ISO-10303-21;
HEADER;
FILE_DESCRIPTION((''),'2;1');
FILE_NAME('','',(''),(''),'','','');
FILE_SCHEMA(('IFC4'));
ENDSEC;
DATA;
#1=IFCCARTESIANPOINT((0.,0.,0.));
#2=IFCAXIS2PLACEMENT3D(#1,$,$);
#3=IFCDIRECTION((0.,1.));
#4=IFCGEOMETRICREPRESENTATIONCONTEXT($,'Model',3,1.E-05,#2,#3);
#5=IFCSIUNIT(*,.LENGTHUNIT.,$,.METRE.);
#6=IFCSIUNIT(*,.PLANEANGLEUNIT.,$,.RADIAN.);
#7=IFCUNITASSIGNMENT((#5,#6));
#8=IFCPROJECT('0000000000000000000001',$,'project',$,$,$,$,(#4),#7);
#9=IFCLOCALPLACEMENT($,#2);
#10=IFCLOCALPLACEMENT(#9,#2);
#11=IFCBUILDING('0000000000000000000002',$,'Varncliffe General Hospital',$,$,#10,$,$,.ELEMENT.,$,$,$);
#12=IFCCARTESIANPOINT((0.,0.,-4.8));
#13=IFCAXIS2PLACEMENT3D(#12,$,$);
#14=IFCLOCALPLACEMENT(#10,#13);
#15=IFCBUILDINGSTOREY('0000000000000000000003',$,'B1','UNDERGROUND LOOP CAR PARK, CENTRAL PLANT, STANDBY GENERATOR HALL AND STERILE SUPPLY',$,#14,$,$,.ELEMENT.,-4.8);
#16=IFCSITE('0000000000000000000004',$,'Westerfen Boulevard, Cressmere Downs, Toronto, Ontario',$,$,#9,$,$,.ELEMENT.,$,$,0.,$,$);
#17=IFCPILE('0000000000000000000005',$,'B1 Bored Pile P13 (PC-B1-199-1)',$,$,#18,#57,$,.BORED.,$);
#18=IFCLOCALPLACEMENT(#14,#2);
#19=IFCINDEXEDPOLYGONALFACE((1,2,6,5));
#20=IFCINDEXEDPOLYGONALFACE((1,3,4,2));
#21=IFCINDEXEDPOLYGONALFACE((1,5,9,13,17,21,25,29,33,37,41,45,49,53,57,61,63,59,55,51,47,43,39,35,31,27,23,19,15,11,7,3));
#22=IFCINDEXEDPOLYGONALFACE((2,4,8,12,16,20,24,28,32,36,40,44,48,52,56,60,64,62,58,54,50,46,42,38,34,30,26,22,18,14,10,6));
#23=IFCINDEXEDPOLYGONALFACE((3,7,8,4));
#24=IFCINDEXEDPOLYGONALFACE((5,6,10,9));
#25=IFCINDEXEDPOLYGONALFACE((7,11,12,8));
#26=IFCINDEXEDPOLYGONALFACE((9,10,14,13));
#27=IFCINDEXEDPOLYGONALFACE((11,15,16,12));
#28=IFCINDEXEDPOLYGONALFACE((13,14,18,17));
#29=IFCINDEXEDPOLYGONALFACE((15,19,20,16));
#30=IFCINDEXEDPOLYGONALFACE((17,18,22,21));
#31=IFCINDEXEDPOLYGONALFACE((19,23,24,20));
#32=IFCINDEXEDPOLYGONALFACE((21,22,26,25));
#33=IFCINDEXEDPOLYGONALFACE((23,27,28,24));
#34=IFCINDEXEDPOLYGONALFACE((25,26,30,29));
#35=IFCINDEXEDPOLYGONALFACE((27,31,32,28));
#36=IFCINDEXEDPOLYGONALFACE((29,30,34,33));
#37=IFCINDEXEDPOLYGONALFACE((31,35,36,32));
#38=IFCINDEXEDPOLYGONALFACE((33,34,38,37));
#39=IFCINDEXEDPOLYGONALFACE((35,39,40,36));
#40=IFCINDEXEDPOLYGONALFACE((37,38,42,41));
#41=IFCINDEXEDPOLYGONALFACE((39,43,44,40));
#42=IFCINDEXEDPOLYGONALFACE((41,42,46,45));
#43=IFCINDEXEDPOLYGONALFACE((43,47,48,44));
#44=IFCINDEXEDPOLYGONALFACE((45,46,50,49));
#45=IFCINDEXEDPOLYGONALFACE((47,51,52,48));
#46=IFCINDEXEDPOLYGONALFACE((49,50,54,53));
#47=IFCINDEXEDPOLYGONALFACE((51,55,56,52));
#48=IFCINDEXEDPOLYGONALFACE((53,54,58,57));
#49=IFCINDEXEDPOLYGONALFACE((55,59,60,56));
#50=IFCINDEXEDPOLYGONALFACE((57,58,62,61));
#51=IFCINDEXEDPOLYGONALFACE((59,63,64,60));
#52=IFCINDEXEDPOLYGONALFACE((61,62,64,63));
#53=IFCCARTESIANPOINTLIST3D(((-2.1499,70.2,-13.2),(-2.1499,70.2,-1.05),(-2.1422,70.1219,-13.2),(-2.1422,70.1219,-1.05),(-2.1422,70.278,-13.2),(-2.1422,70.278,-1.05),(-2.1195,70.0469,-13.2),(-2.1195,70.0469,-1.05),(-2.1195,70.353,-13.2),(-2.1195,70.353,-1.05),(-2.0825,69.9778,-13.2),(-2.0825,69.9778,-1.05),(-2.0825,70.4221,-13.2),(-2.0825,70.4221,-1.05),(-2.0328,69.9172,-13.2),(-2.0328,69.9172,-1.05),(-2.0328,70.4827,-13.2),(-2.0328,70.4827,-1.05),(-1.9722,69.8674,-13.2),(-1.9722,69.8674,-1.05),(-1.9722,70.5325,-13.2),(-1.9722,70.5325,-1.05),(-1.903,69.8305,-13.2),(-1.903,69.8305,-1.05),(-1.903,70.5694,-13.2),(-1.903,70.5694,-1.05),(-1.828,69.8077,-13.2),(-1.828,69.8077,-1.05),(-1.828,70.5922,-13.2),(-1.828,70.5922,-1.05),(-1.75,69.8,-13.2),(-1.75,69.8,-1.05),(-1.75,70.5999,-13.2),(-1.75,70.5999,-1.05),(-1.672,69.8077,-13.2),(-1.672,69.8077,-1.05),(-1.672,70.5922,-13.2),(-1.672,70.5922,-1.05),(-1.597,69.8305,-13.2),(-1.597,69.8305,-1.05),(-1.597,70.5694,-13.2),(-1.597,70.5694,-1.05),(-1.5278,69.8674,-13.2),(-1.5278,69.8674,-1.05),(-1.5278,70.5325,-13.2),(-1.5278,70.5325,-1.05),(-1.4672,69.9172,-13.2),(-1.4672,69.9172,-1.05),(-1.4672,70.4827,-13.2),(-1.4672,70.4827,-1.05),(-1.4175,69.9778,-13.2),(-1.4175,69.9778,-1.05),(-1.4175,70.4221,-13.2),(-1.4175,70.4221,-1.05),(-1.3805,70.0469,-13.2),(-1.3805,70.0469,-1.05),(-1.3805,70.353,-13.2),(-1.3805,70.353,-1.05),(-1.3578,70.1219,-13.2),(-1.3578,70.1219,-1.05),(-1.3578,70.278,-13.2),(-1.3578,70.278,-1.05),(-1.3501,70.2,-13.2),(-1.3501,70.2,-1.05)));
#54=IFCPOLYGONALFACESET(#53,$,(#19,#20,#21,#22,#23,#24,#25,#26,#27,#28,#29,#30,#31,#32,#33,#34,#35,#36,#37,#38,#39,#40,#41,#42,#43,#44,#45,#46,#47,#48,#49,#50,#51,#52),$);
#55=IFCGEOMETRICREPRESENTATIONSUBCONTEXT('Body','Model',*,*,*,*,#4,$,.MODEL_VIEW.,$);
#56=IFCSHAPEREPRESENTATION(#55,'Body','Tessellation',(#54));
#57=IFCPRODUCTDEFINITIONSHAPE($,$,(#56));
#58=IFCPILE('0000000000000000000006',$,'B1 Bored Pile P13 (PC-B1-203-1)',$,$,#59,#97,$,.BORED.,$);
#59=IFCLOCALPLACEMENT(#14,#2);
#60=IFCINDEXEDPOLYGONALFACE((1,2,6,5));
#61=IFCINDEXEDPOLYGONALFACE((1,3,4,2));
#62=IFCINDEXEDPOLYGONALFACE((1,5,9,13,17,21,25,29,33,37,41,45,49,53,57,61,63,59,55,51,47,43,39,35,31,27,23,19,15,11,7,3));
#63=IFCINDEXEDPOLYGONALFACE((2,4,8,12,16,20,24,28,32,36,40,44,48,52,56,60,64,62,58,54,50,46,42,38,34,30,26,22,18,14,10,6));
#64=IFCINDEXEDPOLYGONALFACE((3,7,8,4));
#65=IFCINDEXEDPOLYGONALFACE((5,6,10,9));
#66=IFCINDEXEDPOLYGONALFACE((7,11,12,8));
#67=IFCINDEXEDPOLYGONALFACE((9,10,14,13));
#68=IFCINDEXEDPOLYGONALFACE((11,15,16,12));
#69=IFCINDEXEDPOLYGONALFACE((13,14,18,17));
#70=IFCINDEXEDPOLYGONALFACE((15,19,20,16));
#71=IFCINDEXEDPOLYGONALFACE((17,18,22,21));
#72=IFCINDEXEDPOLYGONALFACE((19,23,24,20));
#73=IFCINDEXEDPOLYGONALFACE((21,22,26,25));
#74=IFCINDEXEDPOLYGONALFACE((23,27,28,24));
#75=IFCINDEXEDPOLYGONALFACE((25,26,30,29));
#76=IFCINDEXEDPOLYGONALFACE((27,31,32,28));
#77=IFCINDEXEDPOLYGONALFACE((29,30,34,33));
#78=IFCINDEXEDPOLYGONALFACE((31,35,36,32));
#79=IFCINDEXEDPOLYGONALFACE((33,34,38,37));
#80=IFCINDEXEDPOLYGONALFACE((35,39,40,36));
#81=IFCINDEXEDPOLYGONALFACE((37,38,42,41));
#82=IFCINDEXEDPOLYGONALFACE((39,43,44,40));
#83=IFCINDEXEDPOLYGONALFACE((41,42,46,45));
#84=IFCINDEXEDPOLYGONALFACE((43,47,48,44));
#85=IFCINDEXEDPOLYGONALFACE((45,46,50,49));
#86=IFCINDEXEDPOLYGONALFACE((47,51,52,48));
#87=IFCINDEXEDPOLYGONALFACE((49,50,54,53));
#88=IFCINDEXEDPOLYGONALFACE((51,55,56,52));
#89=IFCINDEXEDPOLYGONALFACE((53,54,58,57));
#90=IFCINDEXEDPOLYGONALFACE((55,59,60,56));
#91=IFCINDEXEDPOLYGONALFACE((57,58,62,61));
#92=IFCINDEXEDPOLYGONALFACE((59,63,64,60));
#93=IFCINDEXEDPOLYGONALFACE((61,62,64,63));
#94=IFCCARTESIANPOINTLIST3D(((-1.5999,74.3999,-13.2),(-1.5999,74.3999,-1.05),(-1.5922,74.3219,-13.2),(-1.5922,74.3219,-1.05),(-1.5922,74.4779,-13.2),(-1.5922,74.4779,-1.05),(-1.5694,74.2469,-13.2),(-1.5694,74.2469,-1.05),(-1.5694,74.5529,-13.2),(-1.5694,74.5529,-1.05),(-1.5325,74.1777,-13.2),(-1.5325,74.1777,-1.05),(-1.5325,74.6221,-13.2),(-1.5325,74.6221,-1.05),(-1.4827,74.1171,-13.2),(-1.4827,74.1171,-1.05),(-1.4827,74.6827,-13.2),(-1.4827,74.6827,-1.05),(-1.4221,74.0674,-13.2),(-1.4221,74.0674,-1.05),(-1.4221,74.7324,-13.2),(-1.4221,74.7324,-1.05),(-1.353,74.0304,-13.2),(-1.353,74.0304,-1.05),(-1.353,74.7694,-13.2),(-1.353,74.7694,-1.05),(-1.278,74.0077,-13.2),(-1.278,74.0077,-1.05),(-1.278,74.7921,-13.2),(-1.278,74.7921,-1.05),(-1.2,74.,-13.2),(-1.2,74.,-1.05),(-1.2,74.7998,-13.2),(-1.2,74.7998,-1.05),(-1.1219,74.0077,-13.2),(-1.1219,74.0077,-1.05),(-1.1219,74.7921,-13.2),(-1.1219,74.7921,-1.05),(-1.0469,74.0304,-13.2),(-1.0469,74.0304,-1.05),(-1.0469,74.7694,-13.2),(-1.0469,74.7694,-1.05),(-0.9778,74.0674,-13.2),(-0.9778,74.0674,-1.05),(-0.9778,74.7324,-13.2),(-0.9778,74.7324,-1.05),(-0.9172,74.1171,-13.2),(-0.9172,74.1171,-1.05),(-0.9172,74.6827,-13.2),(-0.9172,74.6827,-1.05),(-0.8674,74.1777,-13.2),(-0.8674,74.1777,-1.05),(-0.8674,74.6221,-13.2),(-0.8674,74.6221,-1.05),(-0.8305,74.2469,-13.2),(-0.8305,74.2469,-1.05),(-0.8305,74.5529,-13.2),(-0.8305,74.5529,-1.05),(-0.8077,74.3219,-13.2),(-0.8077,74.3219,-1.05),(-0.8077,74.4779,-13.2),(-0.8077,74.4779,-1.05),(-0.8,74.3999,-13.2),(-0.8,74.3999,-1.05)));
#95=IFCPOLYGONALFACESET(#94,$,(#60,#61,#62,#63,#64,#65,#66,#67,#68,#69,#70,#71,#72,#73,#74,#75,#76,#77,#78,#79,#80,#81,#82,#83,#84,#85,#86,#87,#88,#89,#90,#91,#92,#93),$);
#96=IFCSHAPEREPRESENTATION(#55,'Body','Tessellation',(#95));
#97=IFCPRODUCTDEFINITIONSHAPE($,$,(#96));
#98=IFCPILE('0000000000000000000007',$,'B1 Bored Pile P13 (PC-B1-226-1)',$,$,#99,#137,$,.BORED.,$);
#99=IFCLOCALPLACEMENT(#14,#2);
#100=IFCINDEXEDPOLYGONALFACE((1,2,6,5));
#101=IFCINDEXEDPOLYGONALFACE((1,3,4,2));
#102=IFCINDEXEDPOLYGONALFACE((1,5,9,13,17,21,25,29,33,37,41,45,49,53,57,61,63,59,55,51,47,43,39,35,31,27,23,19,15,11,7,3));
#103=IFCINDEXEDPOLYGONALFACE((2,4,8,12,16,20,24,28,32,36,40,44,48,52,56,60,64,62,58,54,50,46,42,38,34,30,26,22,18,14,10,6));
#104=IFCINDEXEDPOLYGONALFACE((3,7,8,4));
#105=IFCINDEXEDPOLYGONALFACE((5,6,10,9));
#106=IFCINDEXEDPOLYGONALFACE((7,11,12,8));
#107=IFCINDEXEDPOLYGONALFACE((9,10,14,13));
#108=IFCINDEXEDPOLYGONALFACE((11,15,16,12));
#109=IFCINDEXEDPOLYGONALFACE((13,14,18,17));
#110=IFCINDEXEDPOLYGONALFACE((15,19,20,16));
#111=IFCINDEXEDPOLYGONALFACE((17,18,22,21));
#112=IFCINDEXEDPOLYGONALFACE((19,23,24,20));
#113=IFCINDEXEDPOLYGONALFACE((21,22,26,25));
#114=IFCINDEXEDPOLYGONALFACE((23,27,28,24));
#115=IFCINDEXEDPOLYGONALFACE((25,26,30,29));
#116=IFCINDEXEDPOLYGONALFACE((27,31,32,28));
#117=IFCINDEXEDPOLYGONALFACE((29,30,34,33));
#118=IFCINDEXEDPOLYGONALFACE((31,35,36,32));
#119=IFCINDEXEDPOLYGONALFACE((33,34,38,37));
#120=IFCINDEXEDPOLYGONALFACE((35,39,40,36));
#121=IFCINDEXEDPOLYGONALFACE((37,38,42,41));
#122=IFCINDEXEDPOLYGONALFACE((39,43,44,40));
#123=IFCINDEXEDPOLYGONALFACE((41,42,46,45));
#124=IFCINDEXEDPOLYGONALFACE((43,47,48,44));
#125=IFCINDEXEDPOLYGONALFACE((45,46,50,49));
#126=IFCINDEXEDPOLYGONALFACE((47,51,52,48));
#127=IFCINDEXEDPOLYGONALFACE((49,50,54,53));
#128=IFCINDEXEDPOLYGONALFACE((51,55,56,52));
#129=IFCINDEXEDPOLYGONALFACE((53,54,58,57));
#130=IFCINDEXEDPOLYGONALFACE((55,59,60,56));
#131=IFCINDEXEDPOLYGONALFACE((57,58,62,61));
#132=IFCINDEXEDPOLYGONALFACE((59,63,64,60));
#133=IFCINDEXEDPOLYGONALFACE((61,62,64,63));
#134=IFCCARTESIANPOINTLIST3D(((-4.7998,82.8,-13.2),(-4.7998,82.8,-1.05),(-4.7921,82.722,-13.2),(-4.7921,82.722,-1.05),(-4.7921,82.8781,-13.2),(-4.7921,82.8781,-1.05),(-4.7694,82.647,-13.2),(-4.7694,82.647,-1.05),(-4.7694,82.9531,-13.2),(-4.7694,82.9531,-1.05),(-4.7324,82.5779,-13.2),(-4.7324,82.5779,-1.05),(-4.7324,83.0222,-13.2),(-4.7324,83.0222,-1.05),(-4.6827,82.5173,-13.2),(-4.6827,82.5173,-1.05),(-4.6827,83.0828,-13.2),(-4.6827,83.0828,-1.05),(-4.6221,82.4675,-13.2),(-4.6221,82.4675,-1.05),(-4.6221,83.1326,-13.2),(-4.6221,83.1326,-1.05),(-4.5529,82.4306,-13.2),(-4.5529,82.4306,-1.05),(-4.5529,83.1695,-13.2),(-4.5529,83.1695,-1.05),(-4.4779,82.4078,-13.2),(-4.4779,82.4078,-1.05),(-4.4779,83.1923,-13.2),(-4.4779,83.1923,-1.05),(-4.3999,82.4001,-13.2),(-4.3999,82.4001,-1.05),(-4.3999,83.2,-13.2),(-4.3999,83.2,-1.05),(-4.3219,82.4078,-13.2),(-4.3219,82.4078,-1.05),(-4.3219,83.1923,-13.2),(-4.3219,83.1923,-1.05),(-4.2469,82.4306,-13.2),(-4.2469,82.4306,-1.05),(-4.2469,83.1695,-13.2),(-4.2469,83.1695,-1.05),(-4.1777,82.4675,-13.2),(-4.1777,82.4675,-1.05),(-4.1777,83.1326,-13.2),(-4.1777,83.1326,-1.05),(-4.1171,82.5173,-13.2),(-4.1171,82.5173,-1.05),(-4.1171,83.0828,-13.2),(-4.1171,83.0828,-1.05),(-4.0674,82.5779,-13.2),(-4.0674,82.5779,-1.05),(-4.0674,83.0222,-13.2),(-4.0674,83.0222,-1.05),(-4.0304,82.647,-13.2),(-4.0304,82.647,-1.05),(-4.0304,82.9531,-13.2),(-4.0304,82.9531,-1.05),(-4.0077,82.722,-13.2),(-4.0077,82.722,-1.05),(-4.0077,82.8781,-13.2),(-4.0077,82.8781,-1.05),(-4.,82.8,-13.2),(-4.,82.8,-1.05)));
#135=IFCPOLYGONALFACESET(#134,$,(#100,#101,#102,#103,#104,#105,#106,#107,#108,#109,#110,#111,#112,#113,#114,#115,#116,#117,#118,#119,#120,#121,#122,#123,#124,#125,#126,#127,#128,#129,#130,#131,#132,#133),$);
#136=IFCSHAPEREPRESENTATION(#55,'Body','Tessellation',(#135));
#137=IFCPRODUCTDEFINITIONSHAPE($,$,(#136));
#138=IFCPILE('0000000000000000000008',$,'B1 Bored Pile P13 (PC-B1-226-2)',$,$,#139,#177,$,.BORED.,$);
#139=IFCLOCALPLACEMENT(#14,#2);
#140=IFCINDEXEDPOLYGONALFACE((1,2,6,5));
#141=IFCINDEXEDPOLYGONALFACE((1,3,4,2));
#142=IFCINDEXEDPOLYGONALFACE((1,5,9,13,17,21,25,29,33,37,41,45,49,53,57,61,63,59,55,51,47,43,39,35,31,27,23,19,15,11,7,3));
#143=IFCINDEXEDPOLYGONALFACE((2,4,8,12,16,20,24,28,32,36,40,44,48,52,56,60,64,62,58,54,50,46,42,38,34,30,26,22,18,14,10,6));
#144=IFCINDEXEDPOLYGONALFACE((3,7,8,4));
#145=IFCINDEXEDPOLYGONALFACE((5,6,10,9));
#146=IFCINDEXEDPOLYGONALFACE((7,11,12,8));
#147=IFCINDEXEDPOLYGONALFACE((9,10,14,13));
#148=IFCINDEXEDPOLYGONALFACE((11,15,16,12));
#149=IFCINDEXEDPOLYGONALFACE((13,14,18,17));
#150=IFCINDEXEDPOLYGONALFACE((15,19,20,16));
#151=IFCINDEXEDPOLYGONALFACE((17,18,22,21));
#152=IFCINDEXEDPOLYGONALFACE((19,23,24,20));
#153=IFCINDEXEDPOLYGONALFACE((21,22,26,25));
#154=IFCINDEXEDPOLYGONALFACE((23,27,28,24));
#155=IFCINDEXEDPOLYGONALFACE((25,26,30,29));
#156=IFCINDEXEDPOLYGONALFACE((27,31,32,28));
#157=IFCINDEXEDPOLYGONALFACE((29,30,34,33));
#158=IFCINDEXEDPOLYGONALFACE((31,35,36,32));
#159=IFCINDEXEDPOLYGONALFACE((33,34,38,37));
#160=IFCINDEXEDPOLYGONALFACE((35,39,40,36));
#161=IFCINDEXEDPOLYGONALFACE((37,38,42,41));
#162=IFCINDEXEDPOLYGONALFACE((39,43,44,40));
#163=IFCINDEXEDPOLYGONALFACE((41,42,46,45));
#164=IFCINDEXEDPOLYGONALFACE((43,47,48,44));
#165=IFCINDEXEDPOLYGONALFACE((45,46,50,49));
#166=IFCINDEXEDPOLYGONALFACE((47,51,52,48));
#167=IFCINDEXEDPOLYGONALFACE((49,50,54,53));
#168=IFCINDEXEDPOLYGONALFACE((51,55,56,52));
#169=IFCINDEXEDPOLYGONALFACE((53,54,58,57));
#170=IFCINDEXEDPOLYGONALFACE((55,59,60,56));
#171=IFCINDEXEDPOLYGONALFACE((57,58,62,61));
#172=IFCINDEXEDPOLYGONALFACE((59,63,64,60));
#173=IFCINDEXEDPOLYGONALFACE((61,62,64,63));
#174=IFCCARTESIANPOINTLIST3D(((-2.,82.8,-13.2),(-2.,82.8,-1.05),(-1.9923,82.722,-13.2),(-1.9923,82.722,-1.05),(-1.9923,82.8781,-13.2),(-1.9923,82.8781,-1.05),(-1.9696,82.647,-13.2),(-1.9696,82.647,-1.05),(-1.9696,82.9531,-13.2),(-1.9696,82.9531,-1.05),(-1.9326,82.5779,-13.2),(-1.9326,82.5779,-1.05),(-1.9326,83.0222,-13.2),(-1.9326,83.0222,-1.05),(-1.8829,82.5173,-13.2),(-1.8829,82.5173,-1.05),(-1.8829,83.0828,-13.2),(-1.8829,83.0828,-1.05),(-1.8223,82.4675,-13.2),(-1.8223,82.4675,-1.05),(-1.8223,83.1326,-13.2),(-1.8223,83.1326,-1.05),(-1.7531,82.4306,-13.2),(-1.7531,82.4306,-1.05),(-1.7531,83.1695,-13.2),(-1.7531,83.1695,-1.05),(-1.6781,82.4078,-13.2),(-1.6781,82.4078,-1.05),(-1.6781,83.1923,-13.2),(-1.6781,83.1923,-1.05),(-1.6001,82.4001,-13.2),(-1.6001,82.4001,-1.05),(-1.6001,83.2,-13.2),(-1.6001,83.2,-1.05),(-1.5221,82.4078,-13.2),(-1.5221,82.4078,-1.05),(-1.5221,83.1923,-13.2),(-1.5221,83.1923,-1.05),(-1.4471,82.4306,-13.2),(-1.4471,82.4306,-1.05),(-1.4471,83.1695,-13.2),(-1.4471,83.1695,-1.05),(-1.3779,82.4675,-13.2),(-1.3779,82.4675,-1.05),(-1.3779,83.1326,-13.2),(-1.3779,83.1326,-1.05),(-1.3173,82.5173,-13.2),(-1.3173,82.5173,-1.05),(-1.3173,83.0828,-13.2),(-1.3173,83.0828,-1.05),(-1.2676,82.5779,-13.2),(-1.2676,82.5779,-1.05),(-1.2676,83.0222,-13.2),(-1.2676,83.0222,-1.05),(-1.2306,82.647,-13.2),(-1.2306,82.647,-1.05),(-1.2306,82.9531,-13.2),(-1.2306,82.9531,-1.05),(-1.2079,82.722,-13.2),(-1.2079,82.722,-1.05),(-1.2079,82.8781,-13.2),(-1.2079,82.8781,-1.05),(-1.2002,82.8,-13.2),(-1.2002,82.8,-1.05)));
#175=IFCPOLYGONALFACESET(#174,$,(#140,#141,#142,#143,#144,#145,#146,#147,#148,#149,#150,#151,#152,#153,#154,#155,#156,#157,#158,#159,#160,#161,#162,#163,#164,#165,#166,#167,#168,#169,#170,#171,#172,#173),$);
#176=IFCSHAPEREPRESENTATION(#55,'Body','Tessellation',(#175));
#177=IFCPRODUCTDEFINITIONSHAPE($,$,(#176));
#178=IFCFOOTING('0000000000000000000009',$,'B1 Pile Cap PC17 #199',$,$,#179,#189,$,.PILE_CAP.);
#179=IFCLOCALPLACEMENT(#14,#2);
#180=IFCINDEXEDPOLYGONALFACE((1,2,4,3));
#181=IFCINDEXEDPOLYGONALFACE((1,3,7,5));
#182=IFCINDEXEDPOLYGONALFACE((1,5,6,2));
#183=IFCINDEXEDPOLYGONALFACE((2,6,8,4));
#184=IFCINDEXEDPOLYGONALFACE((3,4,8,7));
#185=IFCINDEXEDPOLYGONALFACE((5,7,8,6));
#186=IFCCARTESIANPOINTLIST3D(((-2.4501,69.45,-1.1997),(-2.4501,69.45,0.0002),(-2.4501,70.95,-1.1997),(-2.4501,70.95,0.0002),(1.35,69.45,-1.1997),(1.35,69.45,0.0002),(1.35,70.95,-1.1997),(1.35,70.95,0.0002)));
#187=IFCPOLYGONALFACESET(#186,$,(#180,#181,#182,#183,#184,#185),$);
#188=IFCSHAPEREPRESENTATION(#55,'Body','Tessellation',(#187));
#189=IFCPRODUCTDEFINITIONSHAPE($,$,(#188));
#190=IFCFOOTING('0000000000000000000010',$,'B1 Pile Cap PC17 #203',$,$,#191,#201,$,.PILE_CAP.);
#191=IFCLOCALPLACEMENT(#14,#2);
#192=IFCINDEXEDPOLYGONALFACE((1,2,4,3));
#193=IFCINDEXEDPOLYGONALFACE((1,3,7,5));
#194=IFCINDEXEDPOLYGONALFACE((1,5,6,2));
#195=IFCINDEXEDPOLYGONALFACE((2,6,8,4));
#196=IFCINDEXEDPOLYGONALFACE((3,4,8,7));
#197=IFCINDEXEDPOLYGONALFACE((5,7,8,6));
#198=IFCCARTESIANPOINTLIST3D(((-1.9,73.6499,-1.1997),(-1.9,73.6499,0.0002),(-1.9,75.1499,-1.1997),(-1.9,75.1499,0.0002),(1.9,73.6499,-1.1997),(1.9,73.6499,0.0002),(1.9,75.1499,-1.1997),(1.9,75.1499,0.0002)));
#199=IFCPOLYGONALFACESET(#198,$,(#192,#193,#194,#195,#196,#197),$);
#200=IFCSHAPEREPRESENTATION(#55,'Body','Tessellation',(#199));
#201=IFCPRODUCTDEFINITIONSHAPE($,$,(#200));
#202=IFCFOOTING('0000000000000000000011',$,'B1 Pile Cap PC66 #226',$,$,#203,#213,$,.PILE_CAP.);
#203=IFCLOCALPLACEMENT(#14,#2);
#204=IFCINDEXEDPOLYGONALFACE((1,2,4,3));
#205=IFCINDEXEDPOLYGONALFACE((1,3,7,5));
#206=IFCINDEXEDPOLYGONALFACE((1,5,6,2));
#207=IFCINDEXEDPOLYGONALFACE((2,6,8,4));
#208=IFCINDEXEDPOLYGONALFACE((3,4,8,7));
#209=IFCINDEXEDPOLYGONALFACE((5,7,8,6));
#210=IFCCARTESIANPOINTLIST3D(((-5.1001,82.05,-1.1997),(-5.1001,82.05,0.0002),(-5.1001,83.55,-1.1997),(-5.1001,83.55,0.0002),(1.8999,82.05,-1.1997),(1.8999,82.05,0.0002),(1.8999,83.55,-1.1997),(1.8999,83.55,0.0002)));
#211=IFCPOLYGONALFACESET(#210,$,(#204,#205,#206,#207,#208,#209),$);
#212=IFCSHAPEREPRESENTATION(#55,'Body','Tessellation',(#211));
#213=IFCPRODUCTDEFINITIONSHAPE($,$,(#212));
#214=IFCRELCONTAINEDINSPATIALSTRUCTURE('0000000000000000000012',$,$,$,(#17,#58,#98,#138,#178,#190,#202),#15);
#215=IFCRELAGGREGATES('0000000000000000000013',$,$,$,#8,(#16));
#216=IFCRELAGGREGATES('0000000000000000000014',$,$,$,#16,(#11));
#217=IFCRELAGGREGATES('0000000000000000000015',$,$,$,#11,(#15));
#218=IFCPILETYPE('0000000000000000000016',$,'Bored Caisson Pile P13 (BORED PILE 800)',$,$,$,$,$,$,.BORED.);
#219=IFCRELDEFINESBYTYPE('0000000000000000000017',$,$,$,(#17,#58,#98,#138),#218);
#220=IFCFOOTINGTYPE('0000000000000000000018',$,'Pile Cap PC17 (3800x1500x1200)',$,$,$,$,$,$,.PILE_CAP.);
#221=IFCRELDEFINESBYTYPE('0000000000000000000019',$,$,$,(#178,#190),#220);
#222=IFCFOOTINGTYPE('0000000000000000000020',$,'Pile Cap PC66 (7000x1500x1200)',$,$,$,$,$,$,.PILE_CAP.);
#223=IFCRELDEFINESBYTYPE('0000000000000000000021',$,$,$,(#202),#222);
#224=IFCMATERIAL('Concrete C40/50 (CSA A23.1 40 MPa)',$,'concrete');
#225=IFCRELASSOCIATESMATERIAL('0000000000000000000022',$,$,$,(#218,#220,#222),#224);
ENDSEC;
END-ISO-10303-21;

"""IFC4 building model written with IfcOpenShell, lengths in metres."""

from ifc_helpers import new_model, si_unit, direction, frame, origin, origin_2d, place, context, subcontext, project, spatial, rectangle, circle, extrude, material, material_profile, profile_set, type_object, element, save


model = new_model("IFC4")

# Units and contexts
model_context = context("Model", 3, precision=1e-05, world=origin(), true_north=direction((0.0, 1.0)))
body_context = subcontext(model_context, "Body", "Model", "MODEL_VIEW")
ifc_project = project(units=[si_unit("LENGTHUNIT", "METRE"), si_unit("PLANEANGLEUNIT", "RADIAN")], contexts=[model_context])

# Site, building, storey
site_placement = place(None, origin())
site = spatial("IfcSite", under=ifc_project, at=site_placement, Name="Westerfen Boulevard, Cressmere Downs, Toronto, Ontario", CompositionType="ELEMENT", RefElevation=0.0)
building_placement = place(site_placement, origin())
building = spatial("IfcBuilding", under=site, at=building_placement, Name="Varncliffe General Hospital", CompositionType="ELEMENT")
storey_placement = place(building_placement, frame((0.0, 0.0, -4.8)))
storey = spatial("IfcBuildingStorey", under=building, at=storey_placement, Name="B1", Description="UNDERGROUND LOOP CAR PARK, CENTRAL PLANT, STANDBY GENERATOR HALL AND STERILE SUPPLY", CompositionType="ELEMENT", Elevation=-4.8)

# Piles
ifc_material_1 = material(Name="Concrete C40/50 (CSA A23.1 40 MPa)", Category="concrete")
ifc_material_profile_1 = material_profile(ifc_material_1, circle(Radius=0.3999, at=origin_2d()), Name="BORED PILE 800")
ifc_profile_set_1 = profile_set([ifc_material_profile_1], Name="Concrete C40/50 (CSA A23.1 40 MPa)")
pile_type = type_object("IfcPileType", Name="Bored Caisson Pile P13 (BORED PILE 800)", PredefinedType="BORED", material=ifc_profile_set_1)
for number, where, z_axis, x_axis, name in (
    (1, (-1.75, 70.2, -1.05), (0.0, 0.0, -1.0), (1.0, 0.0, 0.0), "B1 Bored Pile P13 (PC-B1-199-1)"),
    (2, (-1.2, 74.3999, -1.05), (0.0, 0.0, -1.0), (1.0, 0.0, 0.0), "B1 Bored Pile P13 (PC-B1-203-1)"),
    (3, (-4.3999, 82.8, -1.05), (0.0, 0.0, -1.0), (1.0, 0.0, 0.0), "B1 Bored Pile P13 (PC-B1-226-1)"),
    (4, (-1.6001, 82.8, -1.05), (0.0, 0.0, -1.0), (1.0, 0.0, 0.0), "B1 Bored Pile P13 (PC-B1-226-2)"),
):
    element("IfcPile", number, at=place(storey_placement, frame(where, z_axis=z_axis, x_axis=x_axis)), inside=storey, type_object=pile_type, Name=name, PredefinedType="BORED", context=body_context, shape_type="SweptSolid", body=[
        extrude(circle(Radius=0.3999, at=origin_2d()), origin(), (0.0, 0.0, 1.0), 12.1499),
    ])

# Footings
footing_type_1 = type_object("IfcFootingType", Name="Pile Cap PC17 (3800x1500x1200)", PredefinedType="PILE_CAP", material=ifc_material_1)
for number, where, z_axis, x_axis, name in (
    (5, (-0.55, 70.2, -1.1997), (0.0, 0.0, 1.0), (1.0, 0.0, 0.0), "B1 Pile Cap PC17 #199"),
    (6, (0.0, 74.3999, -1.1997), (0.0, 0.0, 1.0), (1.0, 0.0, 0.0), "B1 Pile Cap PC17 #203"),
):
    element("IfcFooting", number, at=place(storey_placement, frame(where, z_axis=z_axis, x_axis=x_axis)), inside=storey, type_object=footing_type_1, Name=name, PredefinedType="PILE_CAP", context=body_context, shape_type="SweptSolid", body=[
        extrude(rectangle(XDim=3.8, YDim=1.5, at=origin_2d()), origin(), (0.0, 0.0, 1.0), 1.2),
    ])
footing_type_2 = type_object("IfcFootingType", Name="Pile Cap PC66 (7000x1500x1200)", PredefinedType="PILE_CAP", material=ifc_material_1)
footing_1_placement = place(storey_placement, frame((-1.6001, 82.8, -1.1997), z_axis=(0.0, 0.0, 1.0), x_axis=(1.0, 0.0, 0.0)))
element("IfcFooting", 7, at=footing_1_placement, inside=storey, type_object=footing_type_2, Name="B1 Pile Cap PC66 #226", PredefinedType="PILE_CAP", context=body_context, shape_type="SweptSolid", body=[
    extrude(rectangle(XDim=7.0, YDim=1.5, at=origin_2d()), origin(), (0.0, 0.0, 1.0), 1.2),
])

save(model, "model.ifc")
